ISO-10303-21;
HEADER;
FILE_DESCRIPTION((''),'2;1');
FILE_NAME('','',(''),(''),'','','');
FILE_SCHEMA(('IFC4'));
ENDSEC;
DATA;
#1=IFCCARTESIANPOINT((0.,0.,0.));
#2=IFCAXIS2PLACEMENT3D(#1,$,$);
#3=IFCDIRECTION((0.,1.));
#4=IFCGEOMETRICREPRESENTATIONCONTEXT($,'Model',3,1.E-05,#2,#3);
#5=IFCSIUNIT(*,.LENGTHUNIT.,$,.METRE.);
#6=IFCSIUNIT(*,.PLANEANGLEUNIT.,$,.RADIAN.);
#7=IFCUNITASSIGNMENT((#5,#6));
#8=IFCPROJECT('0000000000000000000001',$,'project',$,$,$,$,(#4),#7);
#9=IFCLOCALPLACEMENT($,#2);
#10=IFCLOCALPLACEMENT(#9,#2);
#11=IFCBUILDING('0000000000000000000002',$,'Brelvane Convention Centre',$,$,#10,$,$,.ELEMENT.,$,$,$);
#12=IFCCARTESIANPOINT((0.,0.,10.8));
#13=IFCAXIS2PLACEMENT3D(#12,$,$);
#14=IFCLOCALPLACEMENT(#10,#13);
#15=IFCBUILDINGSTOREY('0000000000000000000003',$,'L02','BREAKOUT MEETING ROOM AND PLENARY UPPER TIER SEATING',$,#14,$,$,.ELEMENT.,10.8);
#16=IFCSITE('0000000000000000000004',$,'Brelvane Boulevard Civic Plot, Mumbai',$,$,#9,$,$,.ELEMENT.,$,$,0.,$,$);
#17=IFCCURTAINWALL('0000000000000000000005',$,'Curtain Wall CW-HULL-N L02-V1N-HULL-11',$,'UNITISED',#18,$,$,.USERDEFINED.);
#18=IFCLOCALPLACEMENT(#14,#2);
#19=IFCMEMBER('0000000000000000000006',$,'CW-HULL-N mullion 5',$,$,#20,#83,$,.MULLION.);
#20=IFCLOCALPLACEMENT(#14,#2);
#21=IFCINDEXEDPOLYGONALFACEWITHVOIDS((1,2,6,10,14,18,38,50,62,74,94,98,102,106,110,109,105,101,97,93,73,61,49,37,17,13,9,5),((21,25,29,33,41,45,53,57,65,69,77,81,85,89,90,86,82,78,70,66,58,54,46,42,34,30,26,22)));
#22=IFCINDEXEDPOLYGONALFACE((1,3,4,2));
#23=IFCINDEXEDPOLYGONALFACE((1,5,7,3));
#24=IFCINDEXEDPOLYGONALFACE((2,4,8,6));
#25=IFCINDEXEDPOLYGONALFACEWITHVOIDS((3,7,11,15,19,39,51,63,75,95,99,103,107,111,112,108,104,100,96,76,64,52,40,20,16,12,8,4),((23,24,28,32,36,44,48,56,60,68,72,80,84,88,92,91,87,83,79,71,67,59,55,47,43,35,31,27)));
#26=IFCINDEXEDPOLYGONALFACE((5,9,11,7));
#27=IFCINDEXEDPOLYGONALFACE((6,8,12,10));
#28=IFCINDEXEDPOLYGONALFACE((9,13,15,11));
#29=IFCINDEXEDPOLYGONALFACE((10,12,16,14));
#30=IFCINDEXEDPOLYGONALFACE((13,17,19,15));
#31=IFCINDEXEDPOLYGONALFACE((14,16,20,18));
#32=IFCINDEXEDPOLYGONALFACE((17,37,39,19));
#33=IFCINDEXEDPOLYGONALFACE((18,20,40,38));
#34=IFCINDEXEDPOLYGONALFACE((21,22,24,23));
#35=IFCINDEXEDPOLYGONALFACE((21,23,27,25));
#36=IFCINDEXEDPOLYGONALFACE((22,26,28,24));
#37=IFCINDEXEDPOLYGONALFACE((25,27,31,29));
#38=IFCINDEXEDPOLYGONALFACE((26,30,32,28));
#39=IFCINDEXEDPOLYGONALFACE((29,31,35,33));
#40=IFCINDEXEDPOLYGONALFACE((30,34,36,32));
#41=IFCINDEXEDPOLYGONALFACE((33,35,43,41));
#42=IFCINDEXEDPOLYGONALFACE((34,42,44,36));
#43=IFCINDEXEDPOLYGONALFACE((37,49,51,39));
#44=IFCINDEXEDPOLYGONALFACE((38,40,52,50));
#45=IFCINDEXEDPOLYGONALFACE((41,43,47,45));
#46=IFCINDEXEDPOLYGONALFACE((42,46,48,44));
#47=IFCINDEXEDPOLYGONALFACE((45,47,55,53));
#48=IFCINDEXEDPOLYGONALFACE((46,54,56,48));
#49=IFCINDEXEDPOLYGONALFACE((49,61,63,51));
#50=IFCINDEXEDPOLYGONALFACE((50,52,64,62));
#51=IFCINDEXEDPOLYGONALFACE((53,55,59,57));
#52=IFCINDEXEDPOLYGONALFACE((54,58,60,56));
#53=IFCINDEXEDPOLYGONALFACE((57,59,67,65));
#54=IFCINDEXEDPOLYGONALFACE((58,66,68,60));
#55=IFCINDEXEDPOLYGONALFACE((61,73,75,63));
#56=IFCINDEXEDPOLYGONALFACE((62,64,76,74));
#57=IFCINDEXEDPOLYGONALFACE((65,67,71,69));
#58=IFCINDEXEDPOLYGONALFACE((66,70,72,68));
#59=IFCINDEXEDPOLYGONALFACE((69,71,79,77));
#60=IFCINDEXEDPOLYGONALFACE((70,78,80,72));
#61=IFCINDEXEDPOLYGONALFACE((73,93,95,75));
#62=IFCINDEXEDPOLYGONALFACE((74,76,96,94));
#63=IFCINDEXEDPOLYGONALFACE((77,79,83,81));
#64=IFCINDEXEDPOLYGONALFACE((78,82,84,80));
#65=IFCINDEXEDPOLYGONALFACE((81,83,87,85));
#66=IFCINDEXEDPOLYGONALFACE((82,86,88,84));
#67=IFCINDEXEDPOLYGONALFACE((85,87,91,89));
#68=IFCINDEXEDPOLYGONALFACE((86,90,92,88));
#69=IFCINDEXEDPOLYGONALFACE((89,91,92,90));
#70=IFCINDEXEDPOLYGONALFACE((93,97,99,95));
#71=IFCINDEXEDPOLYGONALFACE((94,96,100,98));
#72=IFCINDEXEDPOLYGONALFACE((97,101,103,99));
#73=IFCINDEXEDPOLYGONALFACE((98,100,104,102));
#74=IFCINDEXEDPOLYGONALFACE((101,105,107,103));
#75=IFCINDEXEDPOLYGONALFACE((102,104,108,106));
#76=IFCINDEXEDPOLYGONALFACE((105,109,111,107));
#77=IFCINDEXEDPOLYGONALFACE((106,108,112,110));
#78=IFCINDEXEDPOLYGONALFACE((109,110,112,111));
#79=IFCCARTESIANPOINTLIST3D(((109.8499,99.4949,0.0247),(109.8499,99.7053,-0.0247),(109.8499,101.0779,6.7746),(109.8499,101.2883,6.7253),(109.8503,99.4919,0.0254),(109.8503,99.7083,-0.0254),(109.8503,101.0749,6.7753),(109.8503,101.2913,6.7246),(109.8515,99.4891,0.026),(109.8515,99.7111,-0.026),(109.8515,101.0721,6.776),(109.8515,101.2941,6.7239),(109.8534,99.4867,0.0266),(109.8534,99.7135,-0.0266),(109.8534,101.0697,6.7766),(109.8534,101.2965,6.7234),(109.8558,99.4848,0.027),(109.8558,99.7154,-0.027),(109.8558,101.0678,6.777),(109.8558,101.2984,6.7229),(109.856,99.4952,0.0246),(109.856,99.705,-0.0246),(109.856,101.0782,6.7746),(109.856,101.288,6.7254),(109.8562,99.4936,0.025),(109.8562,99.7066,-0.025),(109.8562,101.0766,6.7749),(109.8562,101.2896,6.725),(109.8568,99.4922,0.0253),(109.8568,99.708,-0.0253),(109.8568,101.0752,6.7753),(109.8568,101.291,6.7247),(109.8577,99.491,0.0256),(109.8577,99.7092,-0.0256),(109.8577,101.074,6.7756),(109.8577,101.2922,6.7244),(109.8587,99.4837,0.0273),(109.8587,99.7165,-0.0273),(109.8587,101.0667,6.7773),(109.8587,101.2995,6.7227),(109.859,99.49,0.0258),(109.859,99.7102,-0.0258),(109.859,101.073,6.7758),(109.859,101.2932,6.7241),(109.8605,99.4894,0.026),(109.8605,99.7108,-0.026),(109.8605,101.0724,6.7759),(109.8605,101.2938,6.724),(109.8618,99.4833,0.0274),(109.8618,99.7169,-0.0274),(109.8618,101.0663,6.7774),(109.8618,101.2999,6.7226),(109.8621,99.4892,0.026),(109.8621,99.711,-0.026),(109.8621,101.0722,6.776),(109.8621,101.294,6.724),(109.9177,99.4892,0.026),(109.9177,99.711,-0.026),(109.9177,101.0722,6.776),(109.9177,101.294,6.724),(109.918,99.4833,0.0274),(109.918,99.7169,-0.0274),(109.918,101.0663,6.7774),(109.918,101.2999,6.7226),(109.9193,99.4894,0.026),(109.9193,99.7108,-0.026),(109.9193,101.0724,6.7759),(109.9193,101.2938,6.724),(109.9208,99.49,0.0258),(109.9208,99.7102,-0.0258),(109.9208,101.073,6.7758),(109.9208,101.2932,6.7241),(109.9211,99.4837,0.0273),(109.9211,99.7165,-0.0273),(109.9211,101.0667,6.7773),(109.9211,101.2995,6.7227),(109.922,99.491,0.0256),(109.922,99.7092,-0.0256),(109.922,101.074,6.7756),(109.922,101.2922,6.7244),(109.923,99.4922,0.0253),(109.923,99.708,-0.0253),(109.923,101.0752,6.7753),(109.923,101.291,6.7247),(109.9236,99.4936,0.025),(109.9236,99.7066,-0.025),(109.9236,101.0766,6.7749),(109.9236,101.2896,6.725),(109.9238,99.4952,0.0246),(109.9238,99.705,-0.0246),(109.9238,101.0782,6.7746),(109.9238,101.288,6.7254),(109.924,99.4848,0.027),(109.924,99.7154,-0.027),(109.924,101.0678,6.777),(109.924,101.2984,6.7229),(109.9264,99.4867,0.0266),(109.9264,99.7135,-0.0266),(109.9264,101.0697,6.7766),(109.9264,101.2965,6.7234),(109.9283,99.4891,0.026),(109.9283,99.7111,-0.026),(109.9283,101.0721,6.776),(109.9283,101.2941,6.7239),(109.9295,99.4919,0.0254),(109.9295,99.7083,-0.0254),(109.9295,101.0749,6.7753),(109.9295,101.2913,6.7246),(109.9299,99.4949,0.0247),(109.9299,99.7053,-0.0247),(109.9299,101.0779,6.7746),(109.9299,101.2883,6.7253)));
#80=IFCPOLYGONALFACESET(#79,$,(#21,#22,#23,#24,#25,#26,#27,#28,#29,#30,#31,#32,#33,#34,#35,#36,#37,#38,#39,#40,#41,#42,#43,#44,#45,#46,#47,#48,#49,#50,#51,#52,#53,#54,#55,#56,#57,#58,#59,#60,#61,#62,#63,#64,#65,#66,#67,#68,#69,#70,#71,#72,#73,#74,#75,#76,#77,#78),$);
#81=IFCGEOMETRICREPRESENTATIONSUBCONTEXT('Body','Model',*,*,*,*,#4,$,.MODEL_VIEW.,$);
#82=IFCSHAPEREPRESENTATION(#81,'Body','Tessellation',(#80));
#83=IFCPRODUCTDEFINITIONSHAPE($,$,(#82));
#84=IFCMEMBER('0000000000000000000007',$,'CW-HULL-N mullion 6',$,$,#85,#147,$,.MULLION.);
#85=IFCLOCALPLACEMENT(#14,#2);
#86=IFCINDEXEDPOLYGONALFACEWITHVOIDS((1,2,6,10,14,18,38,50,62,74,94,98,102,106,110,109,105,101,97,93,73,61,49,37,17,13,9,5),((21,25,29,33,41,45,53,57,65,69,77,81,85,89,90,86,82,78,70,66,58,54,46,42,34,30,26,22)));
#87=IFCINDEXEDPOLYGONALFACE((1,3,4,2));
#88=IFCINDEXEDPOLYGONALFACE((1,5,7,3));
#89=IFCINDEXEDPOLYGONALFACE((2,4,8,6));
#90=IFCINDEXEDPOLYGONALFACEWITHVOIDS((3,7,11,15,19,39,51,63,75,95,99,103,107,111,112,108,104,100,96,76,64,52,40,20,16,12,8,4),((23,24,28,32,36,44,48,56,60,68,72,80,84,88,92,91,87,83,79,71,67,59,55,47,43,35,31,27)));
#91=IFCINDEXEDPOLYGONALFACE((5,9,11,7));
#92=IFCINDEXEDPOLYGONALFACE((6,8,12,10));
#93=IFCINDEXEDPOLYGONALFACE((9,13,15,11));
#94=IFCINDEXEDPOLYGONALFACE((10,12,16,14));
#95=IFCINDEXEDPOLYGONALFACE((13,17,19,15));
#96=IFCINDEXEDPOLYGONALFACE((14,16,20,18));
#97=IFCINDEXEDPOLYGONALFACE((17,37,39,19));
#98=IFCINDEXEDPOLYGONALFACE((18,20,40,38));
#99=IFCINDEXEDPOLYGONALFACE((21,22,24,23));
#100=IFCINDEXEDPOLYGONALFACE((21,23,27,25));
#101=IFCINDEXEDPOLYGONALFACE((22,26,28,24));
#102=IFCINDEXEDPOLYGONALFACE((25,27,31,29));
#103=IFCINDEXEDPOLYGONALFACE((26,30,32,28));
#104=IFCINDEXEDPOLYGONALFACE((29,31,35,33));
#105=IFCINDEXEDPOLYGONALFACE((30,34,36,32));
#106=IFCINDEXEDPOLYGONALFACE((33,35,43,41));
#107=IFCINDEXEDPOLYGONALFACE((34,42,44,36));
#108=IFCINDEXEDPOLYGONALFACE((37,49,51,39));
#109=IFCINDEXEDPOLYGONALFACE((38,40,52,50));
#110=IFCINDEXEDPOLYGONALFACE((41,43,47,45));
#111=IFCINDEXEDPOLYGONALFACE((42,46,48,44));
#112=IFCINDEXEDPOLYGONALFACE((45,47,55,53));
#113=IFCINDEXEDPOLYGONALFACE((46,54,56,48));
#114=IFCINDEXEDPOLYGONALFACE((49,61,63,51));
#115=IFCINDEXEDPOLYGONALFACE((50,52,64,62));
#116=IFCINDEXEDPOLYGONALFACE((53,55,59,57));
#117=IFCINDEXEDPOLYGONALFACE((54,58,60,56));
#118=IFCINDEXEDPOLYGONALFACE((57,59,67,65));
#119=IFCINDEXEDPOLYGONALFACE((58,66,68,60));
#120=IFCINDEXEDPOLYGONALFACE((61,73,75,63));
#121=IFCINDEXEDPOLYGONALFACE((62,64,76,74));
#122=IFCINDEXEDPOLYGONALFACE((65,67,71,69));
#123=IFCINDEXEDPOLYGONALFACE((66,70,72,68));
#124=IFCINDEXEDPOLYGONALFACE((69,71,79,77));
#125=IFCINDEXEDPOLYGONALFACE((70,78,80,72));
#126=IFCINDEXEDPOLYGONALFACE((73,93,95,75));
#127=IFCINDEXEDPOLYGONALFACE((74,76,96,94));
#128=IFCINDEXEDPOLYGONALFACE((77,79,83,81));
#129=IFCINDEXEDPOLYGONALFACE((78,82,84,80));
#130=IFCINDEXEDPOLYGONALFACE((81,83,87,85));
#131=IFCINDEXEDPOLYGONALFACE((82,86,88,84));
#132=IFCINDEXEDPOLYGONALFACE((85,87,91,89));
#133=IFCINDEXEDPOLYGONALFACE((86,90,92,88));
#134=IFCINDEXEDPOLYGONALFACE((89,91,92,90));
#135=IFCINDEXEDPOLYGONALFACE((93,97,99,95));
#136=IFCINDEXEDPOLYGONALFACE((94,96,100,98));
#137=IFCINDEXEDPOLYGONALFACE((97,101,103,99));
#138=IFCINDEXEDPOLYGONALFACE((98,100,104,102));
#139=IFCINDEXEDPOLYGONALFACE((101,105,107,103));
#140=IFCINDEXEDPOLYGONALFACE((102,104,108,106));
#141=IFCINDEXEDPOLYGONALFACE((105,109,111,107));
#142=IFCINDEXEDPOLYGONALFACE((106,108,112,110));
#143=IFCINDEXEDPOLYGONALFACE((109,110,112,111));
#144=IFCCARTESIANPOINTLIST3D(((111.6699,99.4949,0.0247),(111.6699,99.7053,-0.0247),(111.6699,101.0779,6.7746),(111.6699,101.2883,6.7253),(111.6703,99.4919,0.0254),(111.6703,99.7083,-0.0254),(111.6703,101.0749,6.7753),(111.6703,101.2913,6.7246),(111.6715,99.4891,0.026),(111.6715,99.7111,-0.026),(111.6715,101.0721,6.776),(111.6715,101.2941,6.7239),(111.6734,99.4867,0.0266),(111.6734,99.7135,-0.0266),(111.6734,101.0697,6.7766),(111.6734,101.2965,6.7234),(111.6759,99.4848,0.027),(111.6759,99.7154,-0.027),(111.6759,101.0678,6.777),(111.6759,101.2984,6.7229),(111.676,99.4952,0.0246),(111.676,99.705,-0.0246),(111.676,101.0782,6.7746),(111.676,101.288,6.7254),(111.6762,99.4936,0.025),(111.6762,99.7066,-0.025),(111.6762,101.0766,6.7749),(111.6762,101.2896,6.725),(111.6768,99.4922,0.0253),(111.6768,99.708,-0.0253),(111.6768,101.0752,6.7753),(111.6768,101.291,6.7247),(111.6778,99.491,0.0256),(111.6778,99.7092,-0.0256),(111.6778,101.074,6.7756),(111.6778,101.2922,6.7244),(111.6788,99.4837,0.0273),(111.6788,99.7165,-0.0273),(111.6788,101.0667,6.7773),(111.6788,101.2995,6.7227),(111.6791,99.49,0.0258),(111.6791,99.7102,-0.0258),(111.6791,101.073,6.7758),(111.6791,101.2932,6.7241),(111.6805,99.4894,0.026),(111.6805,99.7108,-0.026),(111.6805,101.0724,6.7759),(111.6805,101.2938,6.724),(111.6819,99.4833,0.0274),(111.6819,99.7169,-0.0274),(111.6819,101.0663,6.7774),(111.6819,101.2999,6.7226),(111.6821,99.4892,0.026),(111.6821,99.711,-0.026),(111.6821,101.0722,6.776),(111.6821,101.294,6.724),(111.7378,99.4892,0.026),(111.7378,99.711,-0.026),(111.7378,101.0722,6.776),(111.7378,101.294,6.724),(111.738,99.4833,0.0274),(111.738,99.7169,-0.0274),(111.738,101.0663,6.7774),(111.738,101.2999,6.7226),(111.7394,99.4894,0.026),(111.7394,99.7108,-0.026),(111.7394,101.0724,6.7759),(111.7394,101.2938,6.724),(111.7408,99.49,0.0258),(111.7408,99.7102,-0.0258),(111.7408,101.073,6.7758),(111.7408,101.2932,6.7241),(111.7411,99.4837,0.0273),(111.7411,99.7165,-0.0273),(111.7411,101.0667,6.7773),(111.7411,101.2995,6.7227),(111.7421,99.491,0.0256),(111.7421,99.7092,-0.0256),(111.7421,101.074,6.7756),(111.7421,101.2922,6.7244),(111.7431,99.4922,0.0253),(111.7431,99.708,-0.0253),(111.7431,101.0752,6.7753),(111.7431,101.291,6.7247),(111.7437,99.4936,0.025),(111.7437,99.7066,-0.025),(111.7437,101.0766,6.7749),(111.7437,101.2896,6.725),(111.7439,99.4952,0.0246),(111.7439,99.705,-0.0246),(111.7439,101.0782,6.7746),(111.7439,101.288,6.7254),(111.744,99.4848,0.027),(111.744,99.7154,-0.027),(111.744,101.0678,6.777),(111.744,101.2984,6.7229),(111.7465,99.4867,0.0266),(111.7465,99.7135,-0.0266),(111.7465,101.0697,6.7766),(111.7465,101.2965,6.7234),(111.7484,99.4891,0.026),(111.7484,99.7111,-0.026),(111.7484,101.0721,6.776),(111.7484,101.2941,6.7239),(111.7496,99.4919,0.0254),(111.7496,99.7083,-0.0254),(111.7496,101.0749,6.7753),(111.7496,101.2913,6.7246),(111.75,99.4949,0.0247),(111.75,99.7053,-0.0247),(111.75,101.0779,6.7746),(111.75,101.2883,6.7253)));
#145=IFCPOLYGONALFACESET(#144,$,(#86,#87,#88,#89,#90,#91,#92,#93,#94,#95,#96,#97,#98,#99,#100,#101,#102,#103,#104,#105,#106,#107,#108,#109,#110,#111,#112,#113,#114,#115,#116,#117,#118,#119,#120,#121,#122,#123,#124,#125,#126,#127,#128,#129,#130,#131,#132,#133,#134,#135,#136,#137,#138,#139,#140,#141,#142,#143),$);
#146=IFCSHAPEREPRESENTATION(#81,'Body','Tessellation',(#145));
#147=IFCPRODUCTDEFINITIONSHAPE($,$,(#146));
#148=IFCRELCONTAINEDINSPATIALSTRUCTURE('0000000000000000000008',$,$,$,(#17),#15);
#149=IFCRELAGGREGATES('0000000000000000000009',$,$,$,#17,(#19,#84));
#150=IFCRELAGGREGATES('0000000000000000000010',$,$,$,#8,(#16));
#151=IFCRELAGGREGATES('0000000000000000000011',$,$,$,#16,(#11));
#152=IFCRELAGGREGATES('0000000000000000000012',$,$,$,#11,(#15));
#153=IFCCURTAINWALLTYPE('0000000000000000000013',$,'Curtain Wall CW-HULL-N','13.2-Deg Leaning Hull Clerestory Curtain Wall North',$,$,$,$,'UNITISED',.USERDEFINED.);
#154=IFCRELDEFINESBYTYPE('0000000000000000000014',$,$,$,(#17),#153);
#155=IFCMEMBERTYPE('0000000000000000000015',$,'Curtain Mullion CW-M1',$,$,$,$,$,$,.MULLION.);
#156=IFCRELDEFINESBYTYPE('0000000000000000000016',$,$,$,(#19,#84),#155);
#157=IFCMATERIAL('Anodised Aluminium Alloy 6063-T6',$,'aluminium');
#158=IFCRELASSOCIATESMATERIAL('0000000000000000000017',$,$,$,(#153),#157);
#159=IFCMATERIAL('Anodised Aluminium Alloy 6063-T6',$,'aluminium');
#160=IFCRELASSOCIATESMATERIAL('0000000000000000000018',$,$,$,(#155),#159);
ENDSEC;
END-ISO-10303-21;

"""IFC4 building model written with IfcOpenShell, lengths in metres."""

from ifc_helpers import new_model, si_unit, direction, frame, origin, origin_2d, place, context, subcontext, project, spatial, hollow_rectangle, extrude, material, material_profile, profile_set, type_object, element, aggregate, save


model = new_model("IFC4")

# Units and contexts
model_context = context("Model", 3, precision=1e-05, world=origin(), true_north=direction((0.0, 1.0)))
body_context = subcontext(model_context, "Body", "Model", "MODEL_VIEW")
ifc_project = project(units=[si_unit("LENGTHUNIT", "METRE"), si_unit("PLANEANGLEUNIT", "RADIAN")], contexts=[model_context])

# Site, building, storey
site_placement = place(None, origin())
site = spatial("IfcSite", under=ifc_project, at=site_placement, Name="Brelvane Boulevard Civic Plot, Mumbai", CompositionType="ELEMENT", RefElevation=0.0)
building_placement = place(site_placement, origin())
building = spatial("IfcBuilding", under=site, at=building_placement, Name="Brelvane Convention Centre", CompositionType="ELEMENT")
storey_placement = place(building_placement, frame((0.0, 0.0, 10.8)))
storey = spatial("IfcBuildingStorey", under=building, at=storey_placement, Name="L02", Description="BREAKOUT MEETING ROOM AND PLENARY UPPER TIER SEATING", CompositionType="ELEMENT", Elevation=10.8)

# Curtain wall, members
ifc_material_1 = material(Name="Anodised Aluminium Alloy 6063-T6", Category="aluminium")
curtain_wall_type = type_object("IfcCurtainWallType", Name="Curtain Wall CW-HULL-N", Description="13.2-Deg Leaning Hull Clerestory Curtain Wall North", ElementType="UNITISED", PredefinedType="USERDEFINED", material=ifc_material_1)
curtain_wall_1_placement = place(storey_placement, origin())
curtain_wall_1 = element("IfcCurtainWall", 1, at=curtain_wall_1_placement, inside=storey, type_object=curtain_wall_type, Name="Curtain Wall CW-HULL-N L02-V1N-HULL-11", ObjectType="UNITISED", PredefinedType="USERDEFINED")
ifc_material_2 = material(Name="Anodised Aluminium Alloy 6063-T6", Category="aluminium")
ifc_material_profile_1 = material_profile(ifc_material_2, hollow_rectangle(XDim=0.0801, YDim=0.24, WallThickness=0.0061, InnerFilletRadius=0.0061, OuterFilletRadius=0.012, at=origin_2d()), Name="ALU-M 240x80x6.0")
ifc_profile_set_1 = profile_set([ifc_material_profile_1], Name="Anodised Aluminium Alloy 6063-T6")
member_type_1 = type_object("IfcMemberType", Name="Curtain Mullion CW-M1", PredefinedType="MULLION", material=ifc_profile_set_1)
member_1_placement = place(storey_placement, frame((109.8899, 99.6001, 0.0), z_axis=(0.0, 0.228325, 0.973585), x_axis=(-1.0, 0.0, 0.0)))
member_1 = element("IfcMember", 2, at=member_1_placement, type_object=member_type_1, Name="CW-HULL-N mullion 5", PredefinedType="MULLION", context=body_context, shape_type="SweptSolid", body=[
    extrude(hollow_rectangle(XDim=0.0801, YDim=0.24, WallThickness=0.0061, InnerFilletRadius=0.0061, OuterFilletRadius=0.012, at=origin_2d()), origin(), (0.0, 0.0, 1.0), 6.9331),
])
member_2_placement = place(storey_placement, frame((111.71, 99.6001, 0.0), z_axis=(0.0, 0.228325, 0.973585), x_axis=(-1.0, 0.0, 0.0)))
member_2 = element("IfcMember", 3, at=member_2_placement, type_object=member_type_1, Name="CW-HULL-N mullion 6", PredefinedType="MULLION", context=body_context, shape_type="SweptSolid", body=[
    extrude(hollow_rectangle(XDim=0.0801, YDim=0.24, WallThickness=0.0061, InnerFilletRadius=0.0061, OuterFilletRadius=0.012, at=origin_2d()), origin(), (0.0, 0.0, 1.0), 6.9331),
])

aggregate(curtain_wall_1, [member_1, member_2])

save(model, "model.ifc")
